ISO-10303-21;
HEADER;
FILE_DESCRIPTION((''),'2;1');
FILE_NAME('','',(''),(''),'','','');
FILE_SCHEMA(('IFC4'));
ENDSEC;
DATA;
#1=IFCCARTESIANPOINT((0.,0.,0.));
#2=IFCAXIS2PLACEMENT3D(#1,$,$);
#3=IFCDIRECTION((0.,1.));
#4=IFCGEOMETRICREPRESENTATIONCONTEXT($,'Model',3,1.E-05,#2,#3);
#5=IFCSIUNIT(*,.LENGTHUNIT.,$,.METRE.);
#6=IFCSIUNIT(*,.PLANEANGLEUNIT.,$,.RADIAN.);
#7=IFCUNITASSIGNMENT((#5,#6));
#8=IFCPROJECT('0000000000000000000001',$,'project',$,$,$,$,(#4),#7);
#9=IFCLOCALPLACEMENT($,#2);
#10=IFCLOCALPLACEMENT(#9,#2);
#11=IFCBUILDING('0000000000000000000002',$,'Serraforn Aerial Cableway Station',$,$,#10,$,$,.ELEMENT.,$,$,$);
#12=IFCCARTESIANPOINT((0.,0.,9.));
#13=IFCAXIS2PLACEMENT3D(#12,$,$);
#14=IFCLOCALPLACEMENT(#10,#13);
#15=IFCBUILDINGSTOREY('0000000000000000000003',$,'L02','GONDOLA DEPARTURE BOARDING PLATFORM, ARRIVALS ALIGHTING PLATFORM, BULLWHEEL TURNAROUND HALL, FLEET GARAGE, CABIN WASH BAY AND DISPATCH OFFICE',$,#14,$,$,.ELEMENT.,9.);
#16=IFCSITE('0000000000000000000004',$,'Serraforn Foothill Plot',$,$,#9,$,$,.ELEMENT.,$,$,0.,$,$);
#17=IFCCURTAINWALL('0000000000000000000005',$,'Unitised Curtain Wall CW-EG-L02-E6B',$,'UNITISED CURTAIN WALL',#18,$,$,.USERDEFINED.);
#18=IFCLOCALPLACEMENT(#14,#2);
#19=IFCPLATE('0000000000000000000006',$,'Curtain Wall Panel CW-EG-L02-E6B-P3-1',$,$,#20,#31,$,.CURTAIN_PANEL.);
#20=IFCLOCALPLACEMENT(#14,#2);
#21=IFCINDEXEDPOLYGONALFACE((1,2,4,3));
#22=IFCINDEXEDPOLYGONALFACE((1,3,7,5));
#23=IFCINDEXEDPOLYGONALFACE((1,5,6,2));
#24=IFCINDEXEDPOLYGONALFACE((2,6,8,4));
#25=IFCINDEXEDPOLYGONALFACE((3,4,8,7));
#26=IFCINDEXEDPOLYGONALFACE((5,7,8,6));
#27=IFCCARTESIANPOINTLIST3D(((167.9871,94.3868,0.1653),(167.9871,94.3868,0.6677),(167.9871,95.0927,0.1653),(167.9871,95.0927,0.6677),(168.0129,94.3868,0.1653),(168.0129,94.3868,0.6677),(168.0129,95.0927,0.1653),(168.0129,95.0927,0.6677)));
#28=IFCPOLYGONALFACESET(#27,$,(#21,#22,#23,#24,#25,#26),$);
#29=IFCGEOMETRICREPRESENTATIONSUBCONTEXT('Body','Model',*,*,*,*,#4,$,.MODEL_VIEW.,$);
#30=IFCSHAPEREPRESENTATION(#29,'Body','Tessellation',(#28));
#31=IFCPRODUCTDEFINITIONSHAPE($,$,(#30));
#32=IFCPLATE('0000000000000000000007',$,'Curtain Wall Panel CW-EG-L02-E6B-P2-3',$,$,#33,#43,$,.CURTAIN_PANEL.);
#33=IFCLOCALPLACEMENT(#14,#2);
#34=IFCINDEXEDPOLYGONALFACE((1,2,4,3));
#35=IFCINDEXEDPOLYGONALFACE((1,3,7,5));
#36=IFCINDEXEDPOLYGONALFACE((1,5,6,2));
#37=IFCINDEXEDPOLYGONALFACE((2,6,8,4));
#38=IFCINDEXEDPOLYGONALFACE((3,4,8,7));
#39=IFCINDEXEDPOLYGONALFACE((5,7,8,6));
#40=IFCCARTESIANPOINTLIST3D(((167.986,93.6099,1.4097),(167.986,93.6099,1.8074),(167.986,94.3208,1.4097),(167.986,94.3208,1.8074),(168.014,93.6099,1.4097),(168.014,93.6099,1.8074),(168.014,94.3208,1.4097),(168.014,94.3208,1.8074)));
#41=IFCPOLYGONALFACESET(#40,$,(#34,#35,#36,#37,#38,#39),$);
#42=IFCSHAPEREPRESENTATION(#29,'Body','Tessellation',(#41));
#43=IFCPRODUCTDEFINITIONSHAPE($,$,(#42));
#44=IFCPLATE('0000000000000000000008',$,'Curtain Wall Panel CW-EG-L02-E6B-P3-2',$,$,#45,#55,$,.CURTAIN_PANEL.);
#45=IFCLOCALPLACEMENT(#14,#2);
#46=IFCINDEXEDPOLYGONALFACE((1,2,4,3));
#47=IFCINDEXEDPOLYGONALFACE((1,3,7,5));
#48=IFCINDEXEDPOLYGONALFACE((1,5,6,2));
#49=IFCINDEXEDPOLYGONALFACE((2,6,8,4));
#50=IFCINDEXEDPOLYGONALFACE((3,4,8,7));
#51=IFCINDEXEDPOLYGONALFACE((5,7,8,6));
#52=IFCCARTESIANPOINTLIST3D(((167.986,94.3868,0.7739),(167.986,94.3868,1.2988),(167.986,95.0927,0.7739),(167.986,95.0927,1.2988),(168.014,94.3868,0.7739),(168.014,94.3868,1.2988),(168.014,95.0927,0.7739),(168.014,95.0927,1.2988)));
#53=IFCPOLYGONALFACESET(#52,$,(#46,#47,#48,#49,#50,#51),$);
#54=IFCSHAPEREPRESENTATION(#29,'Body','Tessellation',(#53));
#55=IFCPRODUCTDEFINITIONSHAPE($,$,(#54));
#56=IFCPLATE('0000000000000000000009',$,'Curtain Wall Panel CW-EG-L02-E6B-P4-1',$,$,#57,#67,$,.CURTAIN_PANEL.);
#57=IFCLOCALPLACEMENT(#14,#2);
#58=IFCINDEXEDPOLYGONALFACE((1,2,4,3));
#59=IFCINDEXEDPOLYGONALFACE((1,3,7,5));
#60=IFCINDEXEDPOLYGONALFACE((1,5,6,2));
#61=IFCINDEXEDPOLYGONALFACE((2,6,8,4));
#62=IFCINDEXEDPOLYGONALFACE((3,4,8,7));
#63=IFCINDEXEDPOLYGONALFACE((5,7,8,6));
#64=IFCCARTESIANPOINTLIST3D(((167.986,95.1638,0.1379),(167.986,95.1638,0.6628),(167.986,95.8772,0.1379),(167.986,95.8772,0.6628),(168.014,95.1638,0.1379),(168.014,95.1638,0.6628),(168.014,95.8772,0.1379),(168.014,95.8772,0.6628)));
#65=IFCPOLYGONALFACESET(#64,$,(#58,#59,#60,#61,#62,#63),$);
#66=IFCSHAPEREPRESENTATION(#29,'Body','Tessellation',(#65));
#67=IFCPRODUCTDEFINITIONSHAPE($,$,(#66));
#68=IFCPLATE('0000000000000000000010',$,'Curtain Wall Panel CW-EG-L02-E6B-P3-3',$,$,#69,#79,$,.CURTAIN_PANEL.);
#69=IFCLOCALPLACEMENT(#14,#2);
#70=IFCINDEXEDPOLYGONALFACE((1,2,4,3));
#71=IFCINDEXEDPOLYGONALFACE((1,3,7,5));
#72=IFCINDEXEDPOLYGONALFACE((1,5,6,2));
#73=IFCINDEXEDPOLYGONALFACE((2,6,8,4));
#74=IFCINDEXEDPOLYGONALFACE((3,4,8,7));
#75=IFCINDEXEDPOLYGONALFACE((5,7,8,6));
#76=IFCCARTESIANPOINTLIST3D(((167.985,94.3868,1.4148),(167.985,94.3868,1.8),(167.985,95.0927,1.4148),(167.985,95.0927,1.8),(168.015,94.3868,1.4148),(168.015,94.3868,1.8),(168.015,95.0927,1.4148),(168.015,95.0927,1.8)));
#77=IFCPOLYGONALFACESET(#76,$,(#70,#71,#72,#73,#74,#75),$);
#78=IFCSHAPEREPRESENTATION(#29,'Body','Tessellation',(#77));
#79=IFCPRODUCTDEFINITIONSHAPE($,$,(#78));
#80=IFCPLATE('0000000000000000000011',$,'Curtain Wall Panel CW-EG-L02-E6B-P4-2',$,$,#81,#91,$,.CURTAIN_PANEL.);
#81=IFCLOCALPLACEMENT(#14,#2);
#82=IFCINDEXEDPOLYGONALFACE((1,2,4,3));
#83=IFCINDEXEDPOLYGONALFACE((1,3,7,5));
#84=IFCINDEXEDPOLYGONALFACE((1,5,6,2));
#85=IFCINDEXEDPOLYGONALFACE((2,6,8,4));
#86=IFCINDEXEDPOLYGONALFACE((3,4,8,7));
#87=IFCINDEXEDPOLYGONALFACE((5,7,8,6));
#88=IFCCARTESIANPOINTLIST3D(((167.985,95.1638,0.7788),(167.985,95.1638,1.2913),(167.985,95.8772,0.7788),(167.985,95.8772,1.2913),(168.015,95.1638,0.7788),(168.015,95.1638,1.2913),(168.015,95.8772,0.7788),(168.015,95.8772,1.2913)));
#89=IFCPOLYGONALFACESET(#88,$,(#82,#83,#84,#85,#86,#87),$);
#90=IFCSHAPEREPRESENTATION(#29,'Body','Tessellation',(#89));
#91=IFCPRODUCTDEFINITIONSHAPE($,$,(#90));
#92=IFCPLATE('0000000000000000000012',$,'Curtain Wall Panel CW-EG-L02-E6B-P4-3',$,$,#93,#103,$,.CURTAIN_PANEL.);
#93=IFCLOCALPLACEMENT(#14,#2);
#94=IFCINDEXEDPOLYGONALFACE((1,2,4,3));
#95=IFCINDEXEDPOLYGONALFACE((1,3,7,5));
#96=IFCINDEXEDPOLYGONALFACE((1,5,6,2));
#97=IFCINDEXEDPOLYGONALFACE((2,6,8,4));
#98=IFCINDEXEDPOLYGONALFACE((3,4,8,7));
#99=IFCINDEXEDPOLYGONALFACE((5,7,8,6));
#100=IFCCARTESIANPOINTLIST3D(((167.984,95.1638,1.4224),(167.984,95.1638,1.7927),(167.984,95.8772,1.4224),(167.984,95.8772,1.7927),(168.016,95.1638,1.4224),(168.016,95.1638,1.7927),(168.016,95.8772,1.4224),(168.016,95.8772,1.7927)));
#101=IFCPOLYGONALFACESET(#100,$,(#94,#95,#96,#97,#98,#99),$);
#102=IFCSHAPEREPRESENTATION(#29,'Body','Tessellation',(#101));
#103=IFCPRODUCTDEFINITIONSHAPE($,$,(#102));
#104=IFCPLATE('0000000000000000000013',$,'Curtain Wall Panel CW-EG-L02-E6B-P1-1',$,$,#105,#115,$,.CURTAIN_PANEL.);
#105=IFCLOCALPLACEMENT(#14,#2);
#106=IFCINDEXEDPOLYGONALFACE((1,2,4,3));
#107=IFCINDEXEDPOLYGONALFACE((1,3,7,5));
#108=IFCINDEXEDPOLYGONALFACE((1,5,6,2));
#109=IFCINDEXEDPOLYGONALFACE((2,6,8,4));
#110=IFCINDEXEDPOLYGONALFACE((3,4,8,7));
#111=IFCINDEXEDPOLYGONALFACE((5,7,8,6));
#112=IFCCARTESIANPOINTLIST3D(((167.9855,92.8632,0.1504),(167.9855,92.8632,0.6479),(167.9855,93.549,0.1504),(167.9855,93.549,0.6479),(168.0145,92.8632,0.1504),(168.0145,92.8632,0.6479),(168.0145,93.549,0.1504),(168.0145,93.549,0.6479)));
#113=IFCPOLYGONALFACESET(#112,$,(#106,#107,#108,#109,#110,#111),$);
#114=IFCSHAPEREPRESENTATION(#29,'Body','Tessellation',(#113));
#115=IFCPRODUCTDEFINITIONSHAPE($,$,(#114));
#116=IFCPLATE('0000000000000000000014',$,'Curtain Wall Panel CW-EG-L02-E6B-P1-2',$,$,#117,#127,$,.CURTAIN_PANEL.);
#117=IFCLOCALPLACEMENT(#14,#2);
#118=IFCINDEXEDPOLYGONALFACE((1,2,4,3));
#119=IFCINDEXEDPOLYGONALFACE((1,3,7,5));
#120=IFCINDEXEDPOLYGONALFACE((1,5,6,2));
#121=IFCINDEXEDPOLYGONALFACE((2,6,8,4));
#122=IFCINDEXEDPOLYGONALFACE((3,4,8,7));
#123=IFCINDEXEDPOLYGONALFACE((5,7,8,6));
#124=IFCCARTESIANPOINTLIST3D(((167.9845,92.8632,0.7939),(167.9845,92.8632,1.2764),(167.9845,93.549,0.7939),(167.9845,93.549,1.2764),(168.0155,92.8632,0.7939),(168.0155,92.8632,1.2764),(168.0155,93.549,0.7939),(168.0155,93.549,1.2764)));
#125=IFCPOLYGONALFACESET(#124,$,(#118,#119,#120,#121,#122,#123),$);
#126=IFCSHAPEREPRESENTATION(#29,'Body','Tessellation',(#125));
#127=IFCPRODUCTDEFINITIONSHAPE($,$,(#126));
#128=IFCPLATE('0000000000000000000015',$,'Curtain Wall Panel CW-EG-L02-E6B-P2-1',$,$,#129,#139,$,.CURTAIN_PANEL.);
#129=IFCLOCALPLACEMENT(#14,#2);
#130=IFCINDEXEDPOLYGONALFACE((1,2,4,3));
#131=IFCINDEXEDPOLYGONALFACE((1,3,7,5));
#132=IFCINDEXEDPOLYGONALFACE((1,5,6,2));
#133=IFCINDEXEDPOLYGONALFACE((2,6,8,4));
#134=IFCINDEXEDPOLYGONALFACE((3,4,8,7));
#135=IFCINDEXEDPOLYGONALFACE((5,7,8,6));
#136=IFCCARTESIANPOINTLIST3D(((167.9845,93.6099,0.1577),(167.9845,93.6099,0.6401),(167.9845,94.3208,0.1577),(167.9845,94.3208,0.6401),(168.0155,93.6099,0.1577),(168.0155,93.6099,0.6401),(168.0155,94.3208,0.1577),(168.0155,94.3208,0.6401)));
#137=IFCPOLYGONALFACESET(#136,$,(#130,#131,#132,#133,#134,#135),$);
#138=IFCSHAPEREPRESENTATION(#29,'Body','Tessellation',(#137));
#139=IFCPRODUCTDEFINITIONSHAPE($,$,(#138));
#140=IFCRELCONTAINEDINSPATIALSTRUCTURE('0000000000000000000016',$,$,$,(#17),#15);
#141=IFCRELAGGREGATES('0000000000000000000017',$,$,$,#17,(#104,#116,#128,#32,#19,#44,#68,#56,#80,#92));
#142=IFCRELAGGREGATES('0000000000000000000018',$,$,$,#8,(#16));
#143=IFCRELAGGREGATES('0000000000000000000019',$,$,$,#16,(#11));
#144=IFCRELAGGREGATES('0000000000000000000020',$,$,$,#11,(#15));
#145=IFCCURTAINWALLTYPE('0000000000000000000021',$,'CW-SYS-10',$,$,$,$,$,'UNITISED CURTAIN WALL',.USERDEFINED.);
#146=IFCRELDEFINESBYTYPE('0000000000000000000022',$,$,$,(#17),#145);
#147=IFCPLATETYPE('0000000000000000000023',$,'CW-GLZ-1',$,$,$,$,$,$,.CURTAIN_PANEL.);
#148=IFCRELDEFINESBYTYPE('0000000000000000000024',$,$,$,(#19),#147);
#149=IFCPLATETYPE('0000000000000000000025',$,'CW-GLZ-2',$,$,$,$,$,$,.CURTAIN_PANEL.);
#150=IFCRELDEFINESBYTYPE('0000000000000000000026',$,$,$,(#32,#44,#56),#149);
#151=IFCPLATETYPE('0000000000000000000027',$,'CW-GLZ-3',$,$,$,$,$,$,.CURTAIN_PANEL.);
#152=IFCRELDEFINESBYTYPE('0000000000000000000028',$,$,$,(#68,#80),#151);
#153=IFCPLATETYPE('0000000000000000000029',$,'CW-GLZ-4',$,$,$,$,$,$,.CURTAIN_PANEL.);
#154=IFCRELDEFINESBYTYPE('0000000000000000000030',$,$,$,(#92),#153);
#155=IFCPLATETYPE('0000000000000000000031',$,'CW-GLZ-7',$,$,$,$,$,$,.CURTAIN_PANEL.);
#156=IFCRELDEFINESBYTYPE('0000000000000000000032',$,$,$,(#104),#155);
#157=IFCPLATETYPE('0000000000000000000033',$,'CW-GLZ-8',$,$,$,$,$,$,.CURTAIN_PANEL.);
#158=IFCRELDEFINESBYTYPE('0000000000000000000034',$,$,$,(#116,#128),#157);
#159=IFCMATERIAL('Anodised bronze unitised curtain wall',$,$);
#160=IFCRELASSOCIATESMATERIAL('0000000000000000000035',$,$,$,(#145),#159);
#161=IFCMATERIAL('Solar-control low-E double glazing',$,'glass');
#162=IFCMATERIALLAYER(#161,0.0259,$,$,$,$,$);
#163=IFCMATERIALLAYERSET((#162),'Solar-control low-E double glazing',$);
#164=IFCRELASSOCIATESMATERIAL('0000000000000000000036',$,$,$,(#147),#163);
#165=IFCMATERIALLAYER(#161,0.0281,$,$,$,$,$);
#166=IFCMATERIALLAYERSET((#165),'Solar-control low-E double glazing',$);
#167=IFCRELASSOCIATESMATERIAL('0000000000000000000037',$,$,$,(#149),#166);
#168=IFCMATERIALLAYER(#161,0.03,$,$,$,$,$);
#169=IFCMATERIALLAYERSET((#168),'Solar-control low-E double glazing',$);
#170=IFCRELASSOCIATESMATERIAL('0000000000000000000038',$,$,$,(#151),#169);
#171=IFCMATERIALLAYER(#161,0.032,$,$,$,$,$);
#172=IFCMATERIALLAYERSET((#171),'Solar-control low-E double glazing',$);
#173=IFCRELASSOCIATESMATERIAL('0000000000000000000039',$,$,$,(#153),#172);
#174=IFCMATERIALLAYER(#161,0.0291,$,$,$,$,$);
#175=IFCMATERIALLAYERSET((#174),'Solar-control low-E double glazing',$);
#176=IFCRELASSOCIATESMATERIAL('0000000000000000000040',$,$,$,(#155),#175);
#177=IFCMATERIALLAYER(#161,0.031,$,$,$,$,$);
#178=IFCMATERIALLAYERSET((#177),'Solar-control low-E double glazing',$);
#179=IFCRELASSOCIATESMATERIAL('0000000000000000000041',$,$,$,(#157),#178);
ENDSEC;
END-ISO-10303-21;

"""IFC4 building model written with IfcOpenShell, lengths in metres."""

from ifc_helpers import new_model, si_unit, direction, frame, origin, origin_2d, place, context, subcontext, project, spatial, rectangle, extrude, material, layer, layer_set, type_object, element, aggregate, save


model = new_model("IFC4")

# Units and contexts
model_context = context("Model", 3, precision=1e-05, world=origin(), true_north=direction((0.0, 1.0)))
body_context = subcontext(model_context, "Body", "Model", "MODEL_VIEW")
ifc_project = project(units=[si_unit("LENGTHUNIT", "METRE"), si_unit("PLANEANGLEUNIT", "RADIAN")], contexts=[model_context])

# Site, building, storey
site_placement = place(None, origin())
site = spatial("IfcSite", under=ifc_project, at=site_placement, Name="Serraforn Foothill Plot", CompositionType="ELEMENT", RefElevation=0.0)
building_placement = place(site_placement, origin())
building = spatial("IfcBuilding", under=site, at=building_placement, Name="Serraforn Aerial Cableway Station", CompositionType="ELEMENT")
storey_placement = place(building_placement, frame((0.0, 0.0, 9.0)))
storey = spatial("IfcBuildingStorey", under=building, at=storey_placement, Name="L02", Description="GONDOLA DEPARTURE BOARDING PLATFORM, ARRIVALS ALIGHTING PLATFORM, BULLWHEEL TURNAROUND HALL, FLEET GARAGE, CABIN WASH BAY AND DISPATCH OFFICE", CompositionType="ELEMENT", Elevation=9.0)

# Curtain wall, plates
ifc_material_1 = material(Name="Anodised bronze unitised curtain wall")
curtain_wall_type = type_object("IfcCurtainWallType", Name="CW-SYS-10", ElementType="UNITISED CURTAIN WALL", PredefinedType="USERDEFINED", material=ifc_material_1)
curtain_wall_placement = place(storey_placement, origin())
curtain_wall = element("IfcCurtainWall", 1, at=curtain_wall_placement, inside=storey, type_object=curtain_wall_type, Name="Unitised Curtain Wall CW-EG-L02-E6B", ObjectType="UNITISED CURTAIN WALL", PredefinedType="USERDEFINED")
ifc_material_2 = material(Name="Solar-control low-E double glazing", Category="glass")
ifc_layer_1 = layer(ifc_material_2, 0.0259)
ifc_layer_set_1 = layer_set([ifc_layer_1], Name="Solar-control low-E double glazing")
plate_type_1 = type_object("IfcPlateType", Name="CW-GLZ-1", PredefinedType="CURTAIN_PANEL", material=ifc_layer_set_1)
plate_1_placement = place(storey_placement, frame((168.0, 94.7397, 0.1653), z_axis=(0.0, 0.0, 1.0), x_axis=(1.0, 0.0, 0.0)))
plate_1 = element("IfcPlate", 2, at=plate_1_placement, type_object=plate_type_1, Name="Curtain Wall Panel CW-EG-L02-E6B-P3-1", PredefinedType="CURTAIN_PANEL", context=body_context, shape_type="SweptSolid", body=[
    extrude(rectangle(XDim=0.0259, YDim=0.7058, at=origin_2d()), origin(), (0.0, 0.0, 1.0), 0.5024),
])
ifc_layer_2 = layer(ifc_material_2, 0.0281)
ifc_layer_set_2 = layer_set([ifc_layer_2], Name="Solar-control low-E double glazing")
plate_type_2 = type_object("IfcPlateType", Name="CW-GLZ-2", PredefinedType="CURTAIN_PANEL", material=ifc_layer_set_2)
plate_2_placement = place(storey_placement, frame((168.0, 93.9653, 1.4097), z_axis=(0.0, 0.0, 1.0), x_axis=(1.0, 0.0, 0.0)))
plate_2 = element("IfcPlate", 3, at=plate_2_placement, type_object=plate_type_2, Name="Curtain Wall Panel CW-EG-L02-E6B-P2-3", PredefinedType="CURTAIN_PANEL", context=body_context, shape_type="SweptSolid", body=[
    extrude(rectangle(XDim=0.0281, YDim=0.7109, at=origin_2d()), origin(), (0.0, 0.0, 1.0), 0.3977),
])
plate_3_placement = place(storey_placement, frame((168.0, 94.7397, 0.7739), z_axis=(0.0, 0.0, 1.0), x_axis=(1.0, 0.0, 0.0)))
plate_3 = element("IfcPlate", 4, at=plate_3_placement, type_object=plate_type_2, Name="Curtain Wall Panel CW-EG-L02-E6B-P3-2", PredefinedType="CURTAIN_PANEL", context=body_context, shape_type="SweptSolid", body=[
    extrude(rectangle(XDim=0.0281, YDim=0.7058, at=origin_2d()), origin(), (0.0, 0.0, 1.0), 0.5249),
])
plate_4_placement = place(storey_placement, frame((168.0, 95.5205, 0.1379), z_axis=(0.0, 0.0, 1.0), x_axis=(1.0, 0.0, 0.0)))
plate_4 = element("IfcPlate", 5, at=plate_4_placement, type_object=plate_type_2, Name="Curtain Wall Panel CW-EG-L02-E6B-P4-1", PredefinedType="CURTAIN_PANEL", context=body_context, shape_type="SweptSolid", body=[
    extrude(rectangle(XDim=0.0281, YDim=0.7134, at=origin_2d()), origin(), (0.0, 0.0, 1.0), 0.5249),
])
ifc_layer_3 = layer(ifc_material_2, 0.03)
ifc_layer_set_3 = layer_set([ifc_layer_3], Name="Solar-control low-E double glazing")
plate_type_3 = type_object("IfcPlateType", Name="CW-GLZ-3", PredefinedType="CURTAIN_PANEL", material=ifc_layer_set_3)
plate_5_placement = place(storey_placement, frame((168.0, 94.7397, 1.4148), z_axis=(0.0, 0.0, 1.0), x_axis=(1.0, 0.0, 0.0)))
plate_5 = element("IfcPlate", 6, at=plate_5_placement, type_object=plate_type_3, Name="Curtain Wall Panel CW-EG-L02-E6B-P3-3", PredefinedType="CURTAIN_PANEL", context=body_context, shape_type="SweptSolid", body=[
    extrude(rectangle(XDim=0.03, YDim=0.7058, at=origin_2d()), origin(), (0.0, 0.0, 1.0), 0.3853),
])
plate_6_placement = place(storey_placement, frame((168.0, 95.5205, 0.7788), z_axis=(0.0, 0.0, 1.0), x_axis=(1.0, 0.0, 0.0)))
plate_6 = element("IfcPlate", 7, at=plate_6_placement, type_object=plate_type_3, Name="Curtain Wall Panel CW-EG-L02-E6B-P4-2", PredefinedType="CURTAIN_PANEL", context=body_context, shape_type="SweptSolid", body=[
    extrude(rectangle(XDim=0.03, YDim=0.7134, at=origin_2d()), origin(), (0.0, 0.0, 1.0), 0.5125),
])
ifc_layer_4 = layer(ifc_material_2, 0.032)
ifc_layer_set_4 = layer_set([ifc_layer_4], Name="Solar-control low-E double glazing")
plate_type_4 = type_object("IfcPlateType", Name="CW-GLZ-4", PredefinedType="CURTAIN_PANEL", material=ifc_layer_set_4)
plate_7_placement = place(storey_placement, frame((168.0, 95.5205, 1.4224), z_axis=(0.0, 0.0, 1.0), x_axis=(1.0, 0.0, 0.0)))
plate_7 = element("IfcPlate", 8, at=plate_7_placement, type_object=plate_type_4, Name="Curtain Wall Panel CW-EG-L02-E6B-P4-3", PredefinedType="CURTAIN_PANEL", context=body_context, shape_type="SweptSolid", body=[
    extrude(rectangle(XDim=0.032, YDim=0.7134, at=origin_2d()), origin(), (0.0, 0.0, 1.0), 0.3704),
])
ifc_layer_5 = layer(ifc_material_2, 0.0291)
ifc_layer_set_5 = layer_set([ifc_layer_5], Name="Solar-control low-E double glazing")
plate_type_5 = type_object("IfcPlateType", Name="CW-GLZ-7", PredefinedType="CURTAIN_PANEL", material=ifc_layer_set_5)
plate_8_placement = place(storey_placement, frame((168.0, 93.2061, 0.1504), z_axis=(0.0, 0.0, 1.0), x_axis=(1.0, 0.0, 0.0)))
plate_8 = element("IfcPlate", 9, at=plate_8_placement, type_object=plate_type_5, Name="Curtain Wall Panel CW-EG-L02-E6B-P1-1", PredefinedType="CURTAIN_PANEL", context=body_context, shape_type="SweptSolid", body=[
    extrude(rectangle(XDim=0.0291, YDim=0.6858, at=origin_2d()), origin(), (0.0, 0.0, 1.0), 0.4976),
])
ifc_layer_6 = layer(ifc_material_2, 0.031)
ifc_layer_set_6 = layer_set([ifc_layer_6], Name="Solar-control low-E double glazing")
plate_type_6 = type_object("IfcPlateType", Name="CW-GLZ-8", PredefinedType="CURTAIN_PANEL", material=ifc_layer_set_6)
plate_9_placement = place(storey_placement, frame((168.0, 93.2061, 0.7939), z_axis=(0.0, 0.0, 1.0), x_axis=(1.0, 0.0, 0.0)))
plate_9 = element("IfcPlate", 10, at=plate_9_placement, type_object=plate_type_6, Name="Curtain Wall Panel CW-EG-L02-E6B-P1-2", PredefinedType="CURTAIN_PANEL", context=body_context, shape_type="SweptSolid", body=[
    extrude(rectangle(XDim=0.031, YDim=0.6858, at=origin_2d()), origin(), (0.0, 0.0, 1.0), 0.4824),
])
plate_10_placement = place(storey_placement, frame((168.0, 93.9653, 0.1577), z_axis=(0.0, 0.0, 1.0), x_axis=(1.0, 0.0, 0.0)))
plate_10 = element("IfcPlate", 11, at=plate_10_placement, type_object=plate_type_6, Name="Curtain Wall Panel CW-EG-L02-E6B-P2-1", PredefinedType="CURTAIN_PANEL", context=body_context, shape_type="SweptSolid", body=[
    extrude(rectangle(XDim=0.031, YDim=0.7109, at=origin_2d()), origin(), (0.0, 0.0, 1.0), 0.4824),
])
aggregate(curtain_wall, [plate_8, plate_9, plate_10, plate_2, plate_1, plate_3, plate_5, plate_4, plate_6, plate_7])

save(model, "model.ifc")
